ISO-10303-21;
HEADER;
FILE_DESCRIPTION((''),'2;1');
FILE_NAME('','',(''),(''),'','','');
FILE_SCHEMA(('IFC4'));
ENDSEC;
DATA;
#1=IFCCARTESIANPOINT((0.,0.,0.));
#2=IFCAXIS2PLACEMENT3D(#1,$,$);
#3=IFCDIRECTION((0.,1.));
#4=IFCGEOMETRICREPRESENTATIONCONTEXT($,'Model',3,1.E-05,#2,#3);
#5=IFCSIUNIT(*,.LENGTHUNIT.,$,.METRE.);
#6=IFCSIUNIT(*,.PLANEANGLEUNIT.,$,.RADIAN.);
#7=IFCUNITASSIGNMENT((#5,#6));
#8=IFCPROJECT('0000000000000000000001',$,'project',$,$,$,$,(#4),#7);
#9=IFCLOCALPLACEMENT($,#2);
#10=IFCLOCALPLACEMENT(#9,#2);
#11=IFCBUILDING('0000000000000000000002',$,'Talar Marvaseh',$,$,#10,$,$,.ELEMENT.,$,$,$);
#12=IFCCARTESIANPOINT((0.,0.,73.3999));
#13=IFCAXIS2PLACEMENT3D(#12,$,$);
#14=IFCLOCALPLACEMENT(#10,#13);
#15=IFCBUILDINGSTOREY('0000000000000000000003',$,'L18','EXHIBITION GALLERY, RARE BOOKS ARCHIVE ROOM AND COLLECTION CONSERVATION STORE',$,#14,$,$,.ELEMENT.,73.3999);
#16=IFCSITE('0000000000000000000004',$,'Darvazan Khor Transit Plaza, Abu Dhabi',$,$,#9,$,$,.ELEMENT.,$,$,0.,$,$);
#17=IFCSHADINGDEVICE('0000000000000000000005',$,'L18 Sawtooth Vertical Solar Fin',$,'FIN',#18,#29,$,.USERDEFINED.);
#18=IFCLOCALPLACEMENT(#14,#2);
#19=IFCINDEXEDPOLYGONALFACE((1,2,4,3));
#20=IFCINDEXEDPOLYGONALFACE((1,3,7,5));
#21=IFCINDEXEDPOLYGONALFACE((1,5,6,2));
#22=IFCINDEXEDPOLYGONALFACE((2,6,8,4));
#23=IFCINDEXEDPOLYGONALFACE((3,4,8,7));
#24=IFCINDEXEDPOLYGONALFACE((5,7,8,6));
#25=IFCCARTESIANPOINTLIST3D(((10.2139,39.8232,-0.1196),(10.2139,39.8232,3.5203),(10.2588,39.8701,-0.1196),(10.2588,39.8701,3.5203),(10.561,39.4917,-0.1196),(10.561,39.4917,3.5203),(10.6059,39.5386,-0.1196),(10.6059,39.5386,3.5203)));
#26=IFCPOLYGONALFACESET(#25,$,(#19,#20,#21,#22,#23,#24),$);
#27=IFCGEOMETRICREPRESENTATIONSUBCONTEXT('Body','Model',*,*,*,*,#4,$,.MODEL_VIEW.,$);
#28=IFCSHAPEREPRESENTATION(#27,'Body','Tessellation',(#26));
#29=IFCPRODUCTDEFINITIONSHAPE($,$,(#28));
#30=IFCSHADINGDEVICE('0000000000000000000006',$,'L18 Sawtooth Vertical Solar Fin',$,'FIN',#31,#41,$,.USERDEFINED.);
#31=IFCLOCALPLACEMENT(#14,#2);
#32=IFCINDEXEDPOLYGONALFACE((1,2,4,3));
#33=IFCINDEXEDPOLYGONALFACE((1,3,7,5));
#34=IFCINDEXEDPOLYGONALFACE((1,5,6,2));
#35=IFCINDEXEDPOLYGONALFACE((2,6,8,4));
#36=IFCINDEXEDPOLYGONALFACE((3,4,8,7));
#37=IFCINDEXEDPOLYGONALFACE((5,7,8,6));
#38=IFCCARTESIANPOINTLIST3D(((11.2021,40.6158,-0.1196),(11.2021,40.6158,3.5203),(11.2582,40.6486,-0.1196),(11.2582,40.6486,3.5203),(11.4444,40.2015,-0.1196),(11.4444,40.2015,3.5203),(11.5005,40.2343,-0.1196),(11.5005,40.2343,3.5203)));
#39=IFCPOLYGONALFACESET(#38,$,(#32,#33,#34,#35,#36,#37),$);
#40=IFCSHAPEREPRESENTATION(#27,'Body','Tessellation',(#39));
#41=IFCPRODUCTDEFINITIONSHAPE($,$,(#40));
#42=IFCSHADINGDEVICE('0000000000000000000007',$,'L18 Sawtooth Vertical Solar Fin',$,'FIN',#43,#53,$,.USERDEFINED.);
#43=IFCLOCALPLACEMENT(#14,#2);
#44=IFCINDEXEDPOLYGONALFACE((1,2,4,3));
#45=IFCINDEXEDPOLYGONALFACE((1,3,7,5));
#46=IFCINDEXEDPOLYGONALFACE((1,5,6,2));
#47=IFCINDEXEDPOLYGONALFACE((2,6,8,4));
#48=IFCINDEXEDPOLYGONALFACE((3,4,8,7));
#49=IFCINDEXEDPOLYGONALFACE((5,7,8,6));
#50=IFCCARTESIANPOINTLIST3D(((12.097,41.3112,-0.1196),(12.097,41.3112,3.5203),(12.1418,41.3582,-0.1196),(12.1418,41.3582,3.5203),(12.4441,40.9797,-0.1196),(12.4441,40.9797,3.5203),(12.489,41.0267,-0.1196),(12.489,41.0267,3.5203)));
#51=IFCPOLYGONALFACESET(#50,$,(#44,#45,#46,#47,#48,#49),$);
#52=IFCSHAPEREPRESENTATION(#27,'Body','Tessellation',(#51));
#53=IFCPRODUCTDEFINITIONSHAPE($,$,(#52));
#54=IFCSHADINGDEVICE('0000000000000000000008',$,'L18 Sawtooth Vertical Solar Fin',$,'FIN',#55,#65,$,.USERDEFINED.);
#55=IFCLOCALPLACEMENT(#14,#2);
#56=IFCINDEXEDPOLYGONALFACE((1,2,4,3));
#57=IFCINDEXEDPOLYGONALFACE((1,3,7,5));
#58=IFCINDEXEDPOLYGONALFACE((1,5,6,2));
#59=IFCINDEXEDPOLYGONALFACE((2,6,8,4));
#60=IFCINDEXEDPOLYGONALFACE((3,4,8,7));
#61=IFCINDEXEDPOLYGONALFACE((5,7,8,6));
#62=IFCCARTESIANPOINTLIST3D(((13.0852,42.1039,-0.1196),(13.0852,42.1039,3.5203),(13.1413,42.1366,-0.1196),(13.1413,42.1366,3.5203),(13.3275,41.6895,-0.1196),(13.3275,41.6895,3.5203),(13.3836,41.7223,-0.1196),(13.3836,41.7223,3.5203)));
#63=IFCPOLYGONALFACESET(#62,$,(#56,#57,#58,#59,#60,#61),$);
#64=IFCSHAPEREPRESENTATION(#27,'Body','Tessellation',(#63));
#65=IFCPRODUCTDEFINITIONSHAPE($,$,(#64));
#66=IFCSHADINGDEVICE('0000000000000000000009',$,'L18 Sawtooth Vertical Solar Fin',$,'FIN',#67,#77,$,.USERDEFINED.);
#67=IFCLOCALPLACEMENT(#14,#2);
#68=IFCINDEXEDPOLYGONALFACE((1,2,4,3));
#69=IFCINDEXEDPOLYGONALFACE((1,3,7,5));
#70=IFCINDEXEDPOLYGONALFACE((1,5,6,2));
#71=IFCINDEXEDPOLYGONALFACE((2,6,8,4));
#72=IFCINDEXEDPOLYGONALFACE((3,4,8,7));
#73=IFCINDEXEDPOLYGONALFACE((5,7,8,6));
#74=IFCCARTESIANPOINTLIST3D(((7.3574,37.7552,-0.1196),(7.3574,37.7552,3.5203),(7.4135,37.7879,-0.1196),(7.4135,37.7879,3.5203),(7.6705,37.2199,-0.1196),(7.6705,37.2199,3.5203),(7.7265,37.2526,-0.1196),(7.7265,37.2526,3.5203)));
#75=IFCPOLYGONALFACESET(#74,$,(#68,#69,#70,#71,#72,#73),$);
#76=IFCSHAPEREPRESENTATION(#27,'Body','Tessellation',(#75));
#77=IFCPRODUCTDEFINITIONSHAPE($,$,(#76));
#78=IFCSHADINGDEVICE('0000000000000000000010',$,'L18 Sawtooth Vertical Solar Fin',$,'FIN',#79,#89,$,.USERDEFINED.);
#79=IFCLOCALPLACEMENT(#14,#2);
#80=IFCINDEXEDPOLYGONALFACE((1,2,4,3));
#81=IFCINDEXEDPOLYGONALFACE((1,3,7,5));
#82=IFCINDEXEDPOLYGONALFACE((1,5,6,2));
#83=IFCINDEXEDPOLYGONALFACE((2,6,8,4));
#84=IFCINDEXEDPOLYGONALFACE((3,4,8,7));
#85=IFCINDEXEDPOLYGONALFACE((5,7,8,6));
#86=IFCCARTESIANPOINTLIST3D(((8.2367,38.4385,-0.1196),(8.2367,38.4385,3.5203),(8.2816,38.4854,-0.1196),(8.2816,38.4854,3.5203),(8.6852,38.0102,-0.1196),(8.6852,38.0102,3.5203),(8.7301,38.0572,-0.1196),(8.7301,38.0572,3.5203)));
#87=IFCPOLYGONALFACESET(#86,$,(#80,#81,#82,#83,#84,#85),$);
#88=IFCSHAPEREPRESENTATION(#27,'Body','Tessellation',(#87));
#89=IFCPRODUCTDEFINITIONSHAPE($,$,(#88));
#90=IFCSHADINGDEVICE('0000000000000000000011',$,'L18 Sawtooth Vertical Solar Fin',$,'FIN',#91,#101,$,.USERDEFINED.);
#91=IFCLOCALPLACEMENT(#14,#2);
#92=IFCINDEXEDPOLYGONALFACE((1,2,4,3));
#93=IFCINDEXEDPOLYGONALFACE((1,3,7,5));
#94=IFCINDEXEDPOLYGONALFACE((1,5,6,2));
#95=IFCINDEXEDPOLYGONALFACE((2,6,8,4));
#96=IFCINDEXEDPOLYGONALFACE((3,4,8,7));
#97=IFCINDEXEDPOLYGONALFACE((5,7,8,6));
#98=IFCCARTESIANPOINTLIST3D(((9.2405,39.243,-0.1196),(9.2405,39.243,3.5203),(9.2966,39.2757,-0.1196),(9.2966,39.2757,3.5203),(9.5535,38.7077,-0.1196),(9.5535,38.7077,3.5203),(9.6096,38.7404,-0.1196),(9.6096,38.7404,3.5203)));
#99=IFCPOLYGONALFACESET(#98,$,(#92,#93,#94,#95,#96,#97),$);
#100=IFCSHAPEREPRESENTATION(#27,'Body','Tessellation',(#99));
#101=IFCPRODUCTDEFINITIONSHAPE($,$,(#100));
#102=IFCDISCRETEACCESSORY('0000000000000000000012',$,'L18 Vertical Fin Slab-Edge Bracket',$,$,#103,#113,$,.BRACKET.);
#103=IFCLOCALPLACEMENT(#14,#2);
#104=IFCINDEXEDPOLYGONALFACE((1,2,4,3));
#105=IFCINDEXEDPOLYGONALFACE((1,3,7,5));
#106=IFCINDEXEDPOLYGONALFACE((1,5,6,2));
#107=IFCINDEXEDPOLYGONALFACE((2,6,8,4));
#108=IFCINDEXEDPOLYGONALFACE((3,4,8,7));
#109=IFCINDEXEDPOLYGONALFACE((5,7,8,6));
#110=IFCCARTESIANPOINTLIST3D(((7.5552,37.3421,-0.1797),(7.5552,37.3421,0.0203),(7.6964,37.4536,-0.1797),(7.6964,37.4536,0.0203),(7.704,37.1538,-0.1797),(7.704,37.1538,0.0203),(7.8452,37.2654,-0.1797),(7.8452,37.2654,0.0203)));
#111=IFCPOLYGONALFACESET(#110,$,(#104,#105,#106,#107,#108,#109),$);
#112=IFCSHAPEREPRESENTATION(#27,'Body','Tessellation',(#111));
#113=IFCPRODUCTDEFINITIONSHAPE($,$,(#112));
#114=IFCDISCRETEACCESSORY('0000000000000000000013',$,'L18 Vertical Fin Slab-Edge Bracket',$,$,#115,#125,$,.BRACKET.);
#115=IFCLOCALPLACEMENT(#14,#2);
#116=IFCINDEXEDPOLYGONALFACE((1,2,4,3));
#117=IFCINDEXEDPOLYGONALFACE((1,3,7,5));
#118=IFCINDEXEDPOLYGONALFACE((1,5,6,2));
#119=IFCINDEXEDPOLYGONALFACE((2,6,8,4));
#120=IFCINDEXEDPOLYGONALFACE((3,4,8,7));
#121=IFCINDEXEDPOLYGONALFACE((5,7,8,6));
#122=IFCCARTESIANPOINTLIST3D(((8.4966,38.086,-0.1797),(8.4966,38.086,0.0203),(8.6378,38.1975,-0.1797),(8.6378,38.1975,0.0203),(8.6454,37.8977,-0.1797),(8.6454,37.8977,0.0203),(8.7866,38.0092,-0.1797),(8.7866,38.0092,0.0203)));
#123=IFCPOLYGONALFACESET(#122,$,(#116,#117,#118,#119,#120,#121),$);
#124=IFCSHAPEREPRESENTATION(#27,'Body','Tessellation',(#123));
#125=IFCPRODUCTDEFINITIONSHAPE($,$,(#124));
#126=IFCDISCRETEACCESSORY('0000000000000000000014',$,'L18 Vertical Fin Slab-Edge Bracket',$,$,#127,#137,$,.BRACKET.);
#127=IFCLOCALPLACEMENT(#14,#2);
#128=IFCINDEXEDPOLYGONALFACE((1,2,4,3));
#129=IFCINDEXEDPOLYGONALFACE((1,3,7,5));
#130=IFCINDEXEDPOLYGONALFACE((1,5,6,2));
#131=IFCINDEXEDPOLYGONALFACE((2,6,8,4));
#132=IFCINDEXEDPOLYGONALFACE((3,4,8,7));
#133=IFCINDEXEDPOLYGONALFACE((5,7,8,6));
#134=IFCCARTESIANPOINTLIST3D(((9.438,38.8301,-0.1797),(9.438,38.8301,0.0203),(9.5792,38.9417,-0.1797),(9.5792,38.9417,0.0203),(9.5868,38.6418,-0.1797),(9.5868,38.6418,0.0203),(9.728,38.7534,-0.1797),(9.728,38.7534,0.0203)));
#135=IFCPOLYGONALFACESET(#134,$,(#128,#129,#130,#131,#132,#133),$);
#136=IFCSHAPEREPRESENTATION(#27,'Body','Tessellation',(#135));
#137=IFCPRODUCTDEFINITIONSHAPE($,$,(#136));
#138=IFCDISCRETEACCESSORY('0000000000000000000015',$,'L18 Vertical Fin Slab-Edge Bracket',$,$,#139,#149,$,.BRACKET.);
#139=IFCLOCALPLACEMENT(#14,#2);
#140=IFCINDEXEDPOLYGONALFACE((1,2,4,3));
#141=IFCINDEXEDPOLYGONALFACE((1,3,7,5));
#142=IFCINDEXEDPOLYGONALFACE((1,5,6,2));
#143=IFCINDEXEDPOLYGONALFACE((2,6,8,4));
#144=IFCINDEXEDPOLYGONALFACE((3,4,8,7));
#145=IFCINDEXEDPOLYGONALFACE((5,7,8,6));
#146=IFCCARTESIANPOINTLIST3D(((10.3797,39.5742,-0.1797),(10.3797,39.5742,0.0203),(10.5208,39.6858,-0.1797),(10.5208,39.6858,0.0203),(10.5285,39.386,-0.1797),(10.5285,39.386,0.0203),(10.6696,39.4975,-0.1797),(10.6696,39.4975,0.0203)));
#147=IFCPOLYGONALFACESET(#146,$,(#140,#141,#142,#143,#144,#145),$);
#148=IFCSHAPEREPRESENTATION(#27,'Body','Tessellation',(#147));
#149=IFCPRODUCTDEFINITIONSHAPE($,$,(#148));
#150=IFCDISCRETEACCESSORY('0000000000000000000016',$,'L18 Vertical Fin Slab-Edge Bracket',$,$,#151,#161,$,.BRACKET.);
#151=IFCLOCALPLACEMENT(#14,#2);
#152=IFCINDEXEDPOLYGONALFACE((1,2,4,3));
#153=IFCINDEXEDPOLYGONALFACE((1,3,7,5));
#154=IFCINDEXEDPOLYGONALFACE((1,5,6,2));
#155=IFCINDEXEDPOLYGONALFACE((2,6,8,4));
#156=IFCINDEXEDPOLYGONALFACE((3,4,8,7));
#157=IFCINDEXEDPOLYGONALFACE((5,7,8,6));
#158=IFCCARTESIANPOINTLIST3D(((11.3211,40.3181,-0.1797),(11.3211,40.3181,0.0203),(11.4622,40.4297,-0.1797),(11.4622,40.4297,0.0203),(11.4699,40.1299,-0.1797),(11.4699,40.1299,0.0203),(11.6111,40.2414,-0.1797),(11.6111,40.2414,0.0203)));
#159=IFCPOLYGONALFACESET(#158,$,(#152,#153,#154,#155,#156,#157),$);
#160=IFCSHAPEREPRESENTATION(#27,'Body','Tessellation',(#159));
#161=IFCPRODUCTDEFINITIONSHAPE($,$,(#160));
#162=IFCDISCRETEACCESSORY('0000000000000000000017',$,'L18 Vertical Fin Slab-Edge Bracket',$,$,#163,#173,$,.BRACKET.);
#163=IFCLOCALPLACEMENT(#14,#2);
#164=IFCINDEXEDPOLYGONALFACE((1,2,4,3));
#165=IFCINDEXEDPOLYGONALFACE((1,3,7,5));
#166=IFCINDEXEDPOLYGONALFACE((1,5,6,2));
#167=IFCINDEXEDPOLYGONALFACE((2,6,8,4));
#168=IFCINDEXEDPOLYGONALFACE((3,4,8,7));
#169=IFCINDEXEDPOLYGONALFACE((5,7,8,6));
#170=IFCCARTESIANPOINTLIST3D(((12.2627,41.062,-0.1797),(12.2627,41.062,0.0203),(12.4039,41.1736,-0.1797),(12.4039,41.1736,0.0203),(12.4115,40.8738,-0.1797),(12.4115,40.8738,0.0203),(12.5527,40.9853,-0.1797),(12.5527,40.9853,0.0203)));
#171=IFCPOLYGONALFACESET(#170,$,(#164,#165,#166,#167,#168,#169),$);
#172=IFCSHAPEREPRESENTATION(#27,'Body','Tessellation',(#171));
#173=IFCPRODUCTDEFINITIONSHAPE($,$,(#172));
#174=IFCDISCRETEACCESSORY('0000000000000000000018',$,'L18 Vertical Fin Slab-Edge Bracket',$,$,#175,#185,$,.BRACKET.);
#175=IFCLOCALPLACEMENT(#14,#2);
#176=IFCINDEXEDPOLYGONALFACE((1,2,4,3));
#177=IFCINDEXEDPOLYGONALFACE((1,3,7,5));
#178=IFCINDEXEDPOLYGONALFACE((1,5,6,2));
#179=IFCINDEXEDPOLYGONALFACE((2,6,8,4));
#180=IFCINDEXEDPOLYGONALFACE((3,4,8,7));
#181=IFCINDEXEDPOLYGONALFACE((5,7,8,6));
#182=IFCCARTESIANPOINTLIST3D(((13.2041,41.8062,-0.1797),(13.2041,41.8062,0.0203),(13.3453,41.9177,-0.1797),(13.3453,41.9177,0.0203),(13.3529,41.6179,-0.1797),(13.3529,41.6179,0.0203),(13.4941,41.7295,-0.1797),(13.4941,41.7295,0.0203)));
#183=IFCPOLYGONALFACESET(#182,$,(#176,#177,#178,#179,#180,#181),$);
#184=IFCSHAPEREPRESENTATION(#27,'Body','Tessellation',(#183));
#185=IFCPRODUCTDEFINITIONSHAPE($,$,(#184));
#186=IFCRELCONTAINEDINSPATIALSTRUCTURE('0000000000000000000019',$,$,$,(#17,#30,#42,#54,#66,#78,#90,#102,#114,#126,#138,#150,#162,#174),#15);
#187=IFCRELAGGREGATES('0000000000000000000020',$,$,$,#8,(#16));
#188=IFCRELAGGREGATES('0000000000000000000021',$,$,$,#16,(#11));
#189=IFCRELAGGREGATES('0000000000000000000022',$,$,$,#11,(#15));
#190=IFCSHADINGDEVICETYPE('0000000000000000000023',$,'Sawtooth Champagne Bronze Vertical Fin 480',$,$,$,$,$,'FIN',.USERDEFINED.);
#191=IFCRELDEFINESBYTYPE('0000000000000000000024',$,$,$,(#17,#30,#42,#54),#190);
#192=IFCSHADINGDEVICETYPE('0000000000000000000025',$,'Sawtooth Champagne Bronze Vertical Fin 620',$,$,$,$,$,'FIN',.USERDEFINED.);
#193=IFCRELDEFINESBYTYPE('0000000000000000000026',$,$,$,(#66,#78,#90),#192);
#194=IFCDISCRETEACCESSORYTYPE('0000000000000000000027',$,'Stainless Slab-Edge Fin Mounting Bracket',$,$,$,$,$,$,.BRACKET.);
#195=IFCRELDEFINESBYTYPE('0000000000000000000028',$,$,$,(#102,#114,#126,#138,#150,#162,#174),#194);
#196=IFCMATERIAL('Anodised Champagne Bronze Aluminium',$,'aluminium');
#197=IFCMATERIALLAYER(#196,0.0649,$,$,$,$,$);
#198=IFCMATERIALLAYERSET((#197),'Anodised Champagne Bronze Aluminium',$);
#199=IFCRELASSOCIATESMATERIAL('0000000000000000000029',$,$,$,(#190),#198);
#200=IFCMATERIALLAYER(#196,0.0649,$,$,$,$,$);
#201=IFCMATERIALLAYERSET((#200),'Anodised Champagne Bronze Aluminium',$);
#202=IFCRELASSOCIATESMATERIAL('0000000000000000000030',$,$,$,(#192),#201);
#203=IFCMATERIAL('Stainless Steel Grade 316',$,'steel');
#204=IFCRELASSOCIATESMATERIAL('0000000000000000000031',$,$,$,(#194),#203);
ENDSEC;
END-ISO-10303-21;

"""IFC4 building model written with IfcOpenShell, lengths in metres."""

from ifc_helpers import new_model, si_unit, direction, frame, origin, origin_2d, place, context, subcontext, project, spatial, rectangle, extrude, source, transform, mapped, material, layer, layer_set, type_object, type_shapes, element, save


model = new_model("IFC4")

# Units and contexts
model_context = context("Model", 3, precision=1e-05, world=origin(), true_north=direction((0.0, 1.0)))
body_context = subcontext(model_context, "Body", "Model", "MODEL_VIEW")
ifc_project = project(units=[si_unit("LENGTHUNIT", "METRE"), si_unit("PLANEANGLEUNIT", "RADIAN")], contexts=[model_context])

# Site, building, storey
site_placement = place(None, origin())
site = spatial("IfcSite", under=ifc_project, at=site_placement, Name="Darvazan Khor Transit Plaza, Abu Dhabi", CompositionType="ELEMENT", RefElevation=0.0)
building_placement = place(site_placement, origin())
building = spatial("IfcBuilding", under=site, at=building_placement, Name="Talar Marvaseh", CompositionType="ELEMENT")
storey_placement = place(building_placement, frame((0.0, 0.0, 73.3999)))
storey = spatial("IfcBuildingStorey", under=building, at=storey_placement, Name="L18", Description="EXHIBITION GALLERY, RARE BOOKS ARCHIVE ROOM AND COLLECTION CONSERVATION STORE", CompositionType="ELEMENT", Elevation=73.3999)

# Shading devices
ifc_material_1 = material(Name="Anodised Champagne Bronze Aluminium", Category="aluminium")
ifc_layer_1 = layer(ifc_material_1, 0.0649)
ifc_layer_set_1 = layer_set([ifc_layer_1], Name="Anodised Champagne Bronze Aluminium")
shading_device_type_1 = type_object("IfcShadingDeviceType", Name="Sawtooth Champagne Bronze Vertical Fin 480", ElementType="FIN", PredefinedType="USERDEFINED", material=ifc_layer_set_1)
shared_shape_1 = source(origin(), body_context, "Body", "SweptSolid", [
    extrude(rectangle(XDim=0.48, YDim=0.0649, at=origin_2d()), origin(), (0.0, 0.0, 1.0), 3.6399),
])
type_shapes(shading_device_type_1, [shared_shape_1])
for number, where, z_axis, x_axis, name in (
    (1, (10.4099, 39.6809, -0.1196), (0.0, 0.0, 1.0), (-0.723208, 0.69063, 0.0), "L18 Sawtooth Vertical Solar Fin"),
    (2, (11.3513, 40.425, -0.1196), (0.0, 0.0, 1.0), (-0.504829, 0.863219, 0.0), "L18 Sawtooth Vertical Solar Fin"),
    (3, (12.293, 41.1689, -0.1196), (0.0, 0.0, 1.0), (-0.723208, 0.69063, 0.0), "L18 Sawtooth Vertical Solar Fin"),
    (4, (13.2344, 41.9131, -0.1196), (0.0, 0.0, 1.0), (-0.504829, 0.863219, 0.0), "L18 Sawtooth Vertical Solar Fin"),
):
    element("IfcShadingDevice", number, at=place(storey_placement, frame(where, z_axis=z_axis, x_axis=x_axis)), inside=storey, type_object=shading_device_type_1, Name=name, ObjectType="FIN", PredefinedType="USERDEFINED", context=body_context, shape_type="MappedRepresentation", body=[
        mapped(shared_shape_1, transform((0.0, 0.0, 0.0), x_axis=(1.0, 0.0, 0.0), y_axis=(0.0, 1.0, 0.0), z_axis=(0.0, 0.0, 1.0), scale=1.0)),
    ])
ifc_layer_2 = layer(ifc_material_1, 0.0649)
ifc_layer_set_2 = layer_set([ifc_layer_2], Name="Anodised Champagne Bronze Aluminium")
shading_device_type_2 = type_object("IfcShadingDeviceType", Name="Sawtooth Champagne Bronze Vertical Fin 620", ElementType="FIN", PredefinedType="USERDEFINED", material=ifc_layer_set_2)
shared_shape_2 = source(origin(), body_context, "Body", "SweptSolid", [
    extrude(rectangle(XDim=0.6201, YDim=0.0649, at=origin_2d()), origin(), (0.0, 0.0, 1.0), 3.6399),
])
type_shapes(shading_device_type_2, [shared_shape_2])
for number, where, z_axis, x_axis, name in (
    (5, (7.542, 37.5039, -0.1196), (0.0, 0.0, 1.0), (-0.504829, 0.863219, 0.0), "L18 Sawtooth Vertical Solar Fin"),
    (6, (8.4834, 38.2478, -0.1196), (0.0, 0.0, 1.0), (-0.723208, 0.69063, 0.0), "L18 Sawtooth Vertical Solar Fin"),
    (7, (9.425, 38.9917, -0.1196), (0.0, 0.0, 1.0), (-0.504829, 0.863219, 0.0), "L18 Sawtooth Vertical Solar Fin"),
):
    element("IfcShadingDevice", number, at=place(storey_placement, frame(where, z_axis=z_axis, x_axis=x_axis)), inside=storey, type_object=shading_device_type_2, Name=name, ObjectType="FIN", PredefinedType="USERDEFINED", context=body_context, shape_type="MappedRepresentation", body=[
        mapped(shared_shape_2, transform((0.0, 0.0, 0.0), x_axis=(1.0, 0.0, 0.0), y_axis=(0.0, 1.0, 0.0), z_axis=(0.0, 0.0, 1.0), scale=1.0)),
    ])

# Discrete accessories
ifc_material_2 = material(Name="Stainless Steel Grade 316", Category="steel")
discrete_accessory_type = type_object("IfcDiscreteAccessoryType", Name="Stainless Slab-Edge Fin Mounting Bracket", PredefinedType="BRACKET", material=ifc_material_2)
shared_shape_3 = source(origin(), body_context, "Body", "SweptSolid", [
    extrude(rectangle(XDim=0.24, YDim=0.1799, at=origin_2d()), origin(), (0.0, 0.0, 1.0), 0.2),
])
type_shapes(discrete_accessory_type, [shared_shape_3])
for number, where, z_axis, x_axis, name in (
    (8, (7.7002, 37.3037, -0.1797), (0.0, 0.0, 1.0), (-0.620053, 0.78456, 0.0), "L18 Vertical Fin Slab-Edge Bracket"),
    (9, (8.6416, 38.0476, -0.1797), (0.0, 0.0, 1.0), (-0.620053, 0.78456, 0.0), "L18 Vertical Fin Slab-Edge Bracket"),
    (10, (9.583, 38.7917, -0.1797), (0.0, 0.0, 1.0), (-0.620053, 0.78456, 0.0), "L18 Vertical Fin Slab-Edge Bracket"),
    (11, (10.5247, 39.5359, -0.1797), (0.0, 0.0, 1.0), (-0.620053, 0.78456, 0.0), "L18 Vertical Fin Slab-Edge Bracket"),
    (12, (11.4661, 40.2798, -0.1797), (0.0, 0.0, 1.0), (-0.620053, 0.78456, 0.0), "L18 Vertical Fin Slab-Edge Bracket"),
    (13, (12.4077, 41.0237, -0.1797), (0.0, 0.0, 1.0), (-0.620053, 0.78456, 0.0), "L18 Vertical Fin Slab-Edge Bracket"),
    (14, (13.3491, 41.7678, -0.1797), (0.0, 0.0, 1.0), (-0.620053, 0.78456, 0.0), "L18 Vertical Fin Slab-Edge Bracket"),
):
    element("IfcDiscreteAccessory", number, at=place(storey_placement, frame(where, z_axis=z_axis, x_axis=x_axis)), inside=storey, type_object=discrete_accessory_type, Name=name, PredefinedType="BRACKET", context=body_context, shape_type="MappedRepresentation", body=[
        mapped(shared_shape_3, transform((0.0, 0.0, 0.0), x_axis=(1.0, 0.0, 0.0), y_axis=(0.0, 1.0, 0.0), z_axis=(0.0, 0.0, 1.0), scale=1.0)),
    ])

save(model, "model.ifc")
